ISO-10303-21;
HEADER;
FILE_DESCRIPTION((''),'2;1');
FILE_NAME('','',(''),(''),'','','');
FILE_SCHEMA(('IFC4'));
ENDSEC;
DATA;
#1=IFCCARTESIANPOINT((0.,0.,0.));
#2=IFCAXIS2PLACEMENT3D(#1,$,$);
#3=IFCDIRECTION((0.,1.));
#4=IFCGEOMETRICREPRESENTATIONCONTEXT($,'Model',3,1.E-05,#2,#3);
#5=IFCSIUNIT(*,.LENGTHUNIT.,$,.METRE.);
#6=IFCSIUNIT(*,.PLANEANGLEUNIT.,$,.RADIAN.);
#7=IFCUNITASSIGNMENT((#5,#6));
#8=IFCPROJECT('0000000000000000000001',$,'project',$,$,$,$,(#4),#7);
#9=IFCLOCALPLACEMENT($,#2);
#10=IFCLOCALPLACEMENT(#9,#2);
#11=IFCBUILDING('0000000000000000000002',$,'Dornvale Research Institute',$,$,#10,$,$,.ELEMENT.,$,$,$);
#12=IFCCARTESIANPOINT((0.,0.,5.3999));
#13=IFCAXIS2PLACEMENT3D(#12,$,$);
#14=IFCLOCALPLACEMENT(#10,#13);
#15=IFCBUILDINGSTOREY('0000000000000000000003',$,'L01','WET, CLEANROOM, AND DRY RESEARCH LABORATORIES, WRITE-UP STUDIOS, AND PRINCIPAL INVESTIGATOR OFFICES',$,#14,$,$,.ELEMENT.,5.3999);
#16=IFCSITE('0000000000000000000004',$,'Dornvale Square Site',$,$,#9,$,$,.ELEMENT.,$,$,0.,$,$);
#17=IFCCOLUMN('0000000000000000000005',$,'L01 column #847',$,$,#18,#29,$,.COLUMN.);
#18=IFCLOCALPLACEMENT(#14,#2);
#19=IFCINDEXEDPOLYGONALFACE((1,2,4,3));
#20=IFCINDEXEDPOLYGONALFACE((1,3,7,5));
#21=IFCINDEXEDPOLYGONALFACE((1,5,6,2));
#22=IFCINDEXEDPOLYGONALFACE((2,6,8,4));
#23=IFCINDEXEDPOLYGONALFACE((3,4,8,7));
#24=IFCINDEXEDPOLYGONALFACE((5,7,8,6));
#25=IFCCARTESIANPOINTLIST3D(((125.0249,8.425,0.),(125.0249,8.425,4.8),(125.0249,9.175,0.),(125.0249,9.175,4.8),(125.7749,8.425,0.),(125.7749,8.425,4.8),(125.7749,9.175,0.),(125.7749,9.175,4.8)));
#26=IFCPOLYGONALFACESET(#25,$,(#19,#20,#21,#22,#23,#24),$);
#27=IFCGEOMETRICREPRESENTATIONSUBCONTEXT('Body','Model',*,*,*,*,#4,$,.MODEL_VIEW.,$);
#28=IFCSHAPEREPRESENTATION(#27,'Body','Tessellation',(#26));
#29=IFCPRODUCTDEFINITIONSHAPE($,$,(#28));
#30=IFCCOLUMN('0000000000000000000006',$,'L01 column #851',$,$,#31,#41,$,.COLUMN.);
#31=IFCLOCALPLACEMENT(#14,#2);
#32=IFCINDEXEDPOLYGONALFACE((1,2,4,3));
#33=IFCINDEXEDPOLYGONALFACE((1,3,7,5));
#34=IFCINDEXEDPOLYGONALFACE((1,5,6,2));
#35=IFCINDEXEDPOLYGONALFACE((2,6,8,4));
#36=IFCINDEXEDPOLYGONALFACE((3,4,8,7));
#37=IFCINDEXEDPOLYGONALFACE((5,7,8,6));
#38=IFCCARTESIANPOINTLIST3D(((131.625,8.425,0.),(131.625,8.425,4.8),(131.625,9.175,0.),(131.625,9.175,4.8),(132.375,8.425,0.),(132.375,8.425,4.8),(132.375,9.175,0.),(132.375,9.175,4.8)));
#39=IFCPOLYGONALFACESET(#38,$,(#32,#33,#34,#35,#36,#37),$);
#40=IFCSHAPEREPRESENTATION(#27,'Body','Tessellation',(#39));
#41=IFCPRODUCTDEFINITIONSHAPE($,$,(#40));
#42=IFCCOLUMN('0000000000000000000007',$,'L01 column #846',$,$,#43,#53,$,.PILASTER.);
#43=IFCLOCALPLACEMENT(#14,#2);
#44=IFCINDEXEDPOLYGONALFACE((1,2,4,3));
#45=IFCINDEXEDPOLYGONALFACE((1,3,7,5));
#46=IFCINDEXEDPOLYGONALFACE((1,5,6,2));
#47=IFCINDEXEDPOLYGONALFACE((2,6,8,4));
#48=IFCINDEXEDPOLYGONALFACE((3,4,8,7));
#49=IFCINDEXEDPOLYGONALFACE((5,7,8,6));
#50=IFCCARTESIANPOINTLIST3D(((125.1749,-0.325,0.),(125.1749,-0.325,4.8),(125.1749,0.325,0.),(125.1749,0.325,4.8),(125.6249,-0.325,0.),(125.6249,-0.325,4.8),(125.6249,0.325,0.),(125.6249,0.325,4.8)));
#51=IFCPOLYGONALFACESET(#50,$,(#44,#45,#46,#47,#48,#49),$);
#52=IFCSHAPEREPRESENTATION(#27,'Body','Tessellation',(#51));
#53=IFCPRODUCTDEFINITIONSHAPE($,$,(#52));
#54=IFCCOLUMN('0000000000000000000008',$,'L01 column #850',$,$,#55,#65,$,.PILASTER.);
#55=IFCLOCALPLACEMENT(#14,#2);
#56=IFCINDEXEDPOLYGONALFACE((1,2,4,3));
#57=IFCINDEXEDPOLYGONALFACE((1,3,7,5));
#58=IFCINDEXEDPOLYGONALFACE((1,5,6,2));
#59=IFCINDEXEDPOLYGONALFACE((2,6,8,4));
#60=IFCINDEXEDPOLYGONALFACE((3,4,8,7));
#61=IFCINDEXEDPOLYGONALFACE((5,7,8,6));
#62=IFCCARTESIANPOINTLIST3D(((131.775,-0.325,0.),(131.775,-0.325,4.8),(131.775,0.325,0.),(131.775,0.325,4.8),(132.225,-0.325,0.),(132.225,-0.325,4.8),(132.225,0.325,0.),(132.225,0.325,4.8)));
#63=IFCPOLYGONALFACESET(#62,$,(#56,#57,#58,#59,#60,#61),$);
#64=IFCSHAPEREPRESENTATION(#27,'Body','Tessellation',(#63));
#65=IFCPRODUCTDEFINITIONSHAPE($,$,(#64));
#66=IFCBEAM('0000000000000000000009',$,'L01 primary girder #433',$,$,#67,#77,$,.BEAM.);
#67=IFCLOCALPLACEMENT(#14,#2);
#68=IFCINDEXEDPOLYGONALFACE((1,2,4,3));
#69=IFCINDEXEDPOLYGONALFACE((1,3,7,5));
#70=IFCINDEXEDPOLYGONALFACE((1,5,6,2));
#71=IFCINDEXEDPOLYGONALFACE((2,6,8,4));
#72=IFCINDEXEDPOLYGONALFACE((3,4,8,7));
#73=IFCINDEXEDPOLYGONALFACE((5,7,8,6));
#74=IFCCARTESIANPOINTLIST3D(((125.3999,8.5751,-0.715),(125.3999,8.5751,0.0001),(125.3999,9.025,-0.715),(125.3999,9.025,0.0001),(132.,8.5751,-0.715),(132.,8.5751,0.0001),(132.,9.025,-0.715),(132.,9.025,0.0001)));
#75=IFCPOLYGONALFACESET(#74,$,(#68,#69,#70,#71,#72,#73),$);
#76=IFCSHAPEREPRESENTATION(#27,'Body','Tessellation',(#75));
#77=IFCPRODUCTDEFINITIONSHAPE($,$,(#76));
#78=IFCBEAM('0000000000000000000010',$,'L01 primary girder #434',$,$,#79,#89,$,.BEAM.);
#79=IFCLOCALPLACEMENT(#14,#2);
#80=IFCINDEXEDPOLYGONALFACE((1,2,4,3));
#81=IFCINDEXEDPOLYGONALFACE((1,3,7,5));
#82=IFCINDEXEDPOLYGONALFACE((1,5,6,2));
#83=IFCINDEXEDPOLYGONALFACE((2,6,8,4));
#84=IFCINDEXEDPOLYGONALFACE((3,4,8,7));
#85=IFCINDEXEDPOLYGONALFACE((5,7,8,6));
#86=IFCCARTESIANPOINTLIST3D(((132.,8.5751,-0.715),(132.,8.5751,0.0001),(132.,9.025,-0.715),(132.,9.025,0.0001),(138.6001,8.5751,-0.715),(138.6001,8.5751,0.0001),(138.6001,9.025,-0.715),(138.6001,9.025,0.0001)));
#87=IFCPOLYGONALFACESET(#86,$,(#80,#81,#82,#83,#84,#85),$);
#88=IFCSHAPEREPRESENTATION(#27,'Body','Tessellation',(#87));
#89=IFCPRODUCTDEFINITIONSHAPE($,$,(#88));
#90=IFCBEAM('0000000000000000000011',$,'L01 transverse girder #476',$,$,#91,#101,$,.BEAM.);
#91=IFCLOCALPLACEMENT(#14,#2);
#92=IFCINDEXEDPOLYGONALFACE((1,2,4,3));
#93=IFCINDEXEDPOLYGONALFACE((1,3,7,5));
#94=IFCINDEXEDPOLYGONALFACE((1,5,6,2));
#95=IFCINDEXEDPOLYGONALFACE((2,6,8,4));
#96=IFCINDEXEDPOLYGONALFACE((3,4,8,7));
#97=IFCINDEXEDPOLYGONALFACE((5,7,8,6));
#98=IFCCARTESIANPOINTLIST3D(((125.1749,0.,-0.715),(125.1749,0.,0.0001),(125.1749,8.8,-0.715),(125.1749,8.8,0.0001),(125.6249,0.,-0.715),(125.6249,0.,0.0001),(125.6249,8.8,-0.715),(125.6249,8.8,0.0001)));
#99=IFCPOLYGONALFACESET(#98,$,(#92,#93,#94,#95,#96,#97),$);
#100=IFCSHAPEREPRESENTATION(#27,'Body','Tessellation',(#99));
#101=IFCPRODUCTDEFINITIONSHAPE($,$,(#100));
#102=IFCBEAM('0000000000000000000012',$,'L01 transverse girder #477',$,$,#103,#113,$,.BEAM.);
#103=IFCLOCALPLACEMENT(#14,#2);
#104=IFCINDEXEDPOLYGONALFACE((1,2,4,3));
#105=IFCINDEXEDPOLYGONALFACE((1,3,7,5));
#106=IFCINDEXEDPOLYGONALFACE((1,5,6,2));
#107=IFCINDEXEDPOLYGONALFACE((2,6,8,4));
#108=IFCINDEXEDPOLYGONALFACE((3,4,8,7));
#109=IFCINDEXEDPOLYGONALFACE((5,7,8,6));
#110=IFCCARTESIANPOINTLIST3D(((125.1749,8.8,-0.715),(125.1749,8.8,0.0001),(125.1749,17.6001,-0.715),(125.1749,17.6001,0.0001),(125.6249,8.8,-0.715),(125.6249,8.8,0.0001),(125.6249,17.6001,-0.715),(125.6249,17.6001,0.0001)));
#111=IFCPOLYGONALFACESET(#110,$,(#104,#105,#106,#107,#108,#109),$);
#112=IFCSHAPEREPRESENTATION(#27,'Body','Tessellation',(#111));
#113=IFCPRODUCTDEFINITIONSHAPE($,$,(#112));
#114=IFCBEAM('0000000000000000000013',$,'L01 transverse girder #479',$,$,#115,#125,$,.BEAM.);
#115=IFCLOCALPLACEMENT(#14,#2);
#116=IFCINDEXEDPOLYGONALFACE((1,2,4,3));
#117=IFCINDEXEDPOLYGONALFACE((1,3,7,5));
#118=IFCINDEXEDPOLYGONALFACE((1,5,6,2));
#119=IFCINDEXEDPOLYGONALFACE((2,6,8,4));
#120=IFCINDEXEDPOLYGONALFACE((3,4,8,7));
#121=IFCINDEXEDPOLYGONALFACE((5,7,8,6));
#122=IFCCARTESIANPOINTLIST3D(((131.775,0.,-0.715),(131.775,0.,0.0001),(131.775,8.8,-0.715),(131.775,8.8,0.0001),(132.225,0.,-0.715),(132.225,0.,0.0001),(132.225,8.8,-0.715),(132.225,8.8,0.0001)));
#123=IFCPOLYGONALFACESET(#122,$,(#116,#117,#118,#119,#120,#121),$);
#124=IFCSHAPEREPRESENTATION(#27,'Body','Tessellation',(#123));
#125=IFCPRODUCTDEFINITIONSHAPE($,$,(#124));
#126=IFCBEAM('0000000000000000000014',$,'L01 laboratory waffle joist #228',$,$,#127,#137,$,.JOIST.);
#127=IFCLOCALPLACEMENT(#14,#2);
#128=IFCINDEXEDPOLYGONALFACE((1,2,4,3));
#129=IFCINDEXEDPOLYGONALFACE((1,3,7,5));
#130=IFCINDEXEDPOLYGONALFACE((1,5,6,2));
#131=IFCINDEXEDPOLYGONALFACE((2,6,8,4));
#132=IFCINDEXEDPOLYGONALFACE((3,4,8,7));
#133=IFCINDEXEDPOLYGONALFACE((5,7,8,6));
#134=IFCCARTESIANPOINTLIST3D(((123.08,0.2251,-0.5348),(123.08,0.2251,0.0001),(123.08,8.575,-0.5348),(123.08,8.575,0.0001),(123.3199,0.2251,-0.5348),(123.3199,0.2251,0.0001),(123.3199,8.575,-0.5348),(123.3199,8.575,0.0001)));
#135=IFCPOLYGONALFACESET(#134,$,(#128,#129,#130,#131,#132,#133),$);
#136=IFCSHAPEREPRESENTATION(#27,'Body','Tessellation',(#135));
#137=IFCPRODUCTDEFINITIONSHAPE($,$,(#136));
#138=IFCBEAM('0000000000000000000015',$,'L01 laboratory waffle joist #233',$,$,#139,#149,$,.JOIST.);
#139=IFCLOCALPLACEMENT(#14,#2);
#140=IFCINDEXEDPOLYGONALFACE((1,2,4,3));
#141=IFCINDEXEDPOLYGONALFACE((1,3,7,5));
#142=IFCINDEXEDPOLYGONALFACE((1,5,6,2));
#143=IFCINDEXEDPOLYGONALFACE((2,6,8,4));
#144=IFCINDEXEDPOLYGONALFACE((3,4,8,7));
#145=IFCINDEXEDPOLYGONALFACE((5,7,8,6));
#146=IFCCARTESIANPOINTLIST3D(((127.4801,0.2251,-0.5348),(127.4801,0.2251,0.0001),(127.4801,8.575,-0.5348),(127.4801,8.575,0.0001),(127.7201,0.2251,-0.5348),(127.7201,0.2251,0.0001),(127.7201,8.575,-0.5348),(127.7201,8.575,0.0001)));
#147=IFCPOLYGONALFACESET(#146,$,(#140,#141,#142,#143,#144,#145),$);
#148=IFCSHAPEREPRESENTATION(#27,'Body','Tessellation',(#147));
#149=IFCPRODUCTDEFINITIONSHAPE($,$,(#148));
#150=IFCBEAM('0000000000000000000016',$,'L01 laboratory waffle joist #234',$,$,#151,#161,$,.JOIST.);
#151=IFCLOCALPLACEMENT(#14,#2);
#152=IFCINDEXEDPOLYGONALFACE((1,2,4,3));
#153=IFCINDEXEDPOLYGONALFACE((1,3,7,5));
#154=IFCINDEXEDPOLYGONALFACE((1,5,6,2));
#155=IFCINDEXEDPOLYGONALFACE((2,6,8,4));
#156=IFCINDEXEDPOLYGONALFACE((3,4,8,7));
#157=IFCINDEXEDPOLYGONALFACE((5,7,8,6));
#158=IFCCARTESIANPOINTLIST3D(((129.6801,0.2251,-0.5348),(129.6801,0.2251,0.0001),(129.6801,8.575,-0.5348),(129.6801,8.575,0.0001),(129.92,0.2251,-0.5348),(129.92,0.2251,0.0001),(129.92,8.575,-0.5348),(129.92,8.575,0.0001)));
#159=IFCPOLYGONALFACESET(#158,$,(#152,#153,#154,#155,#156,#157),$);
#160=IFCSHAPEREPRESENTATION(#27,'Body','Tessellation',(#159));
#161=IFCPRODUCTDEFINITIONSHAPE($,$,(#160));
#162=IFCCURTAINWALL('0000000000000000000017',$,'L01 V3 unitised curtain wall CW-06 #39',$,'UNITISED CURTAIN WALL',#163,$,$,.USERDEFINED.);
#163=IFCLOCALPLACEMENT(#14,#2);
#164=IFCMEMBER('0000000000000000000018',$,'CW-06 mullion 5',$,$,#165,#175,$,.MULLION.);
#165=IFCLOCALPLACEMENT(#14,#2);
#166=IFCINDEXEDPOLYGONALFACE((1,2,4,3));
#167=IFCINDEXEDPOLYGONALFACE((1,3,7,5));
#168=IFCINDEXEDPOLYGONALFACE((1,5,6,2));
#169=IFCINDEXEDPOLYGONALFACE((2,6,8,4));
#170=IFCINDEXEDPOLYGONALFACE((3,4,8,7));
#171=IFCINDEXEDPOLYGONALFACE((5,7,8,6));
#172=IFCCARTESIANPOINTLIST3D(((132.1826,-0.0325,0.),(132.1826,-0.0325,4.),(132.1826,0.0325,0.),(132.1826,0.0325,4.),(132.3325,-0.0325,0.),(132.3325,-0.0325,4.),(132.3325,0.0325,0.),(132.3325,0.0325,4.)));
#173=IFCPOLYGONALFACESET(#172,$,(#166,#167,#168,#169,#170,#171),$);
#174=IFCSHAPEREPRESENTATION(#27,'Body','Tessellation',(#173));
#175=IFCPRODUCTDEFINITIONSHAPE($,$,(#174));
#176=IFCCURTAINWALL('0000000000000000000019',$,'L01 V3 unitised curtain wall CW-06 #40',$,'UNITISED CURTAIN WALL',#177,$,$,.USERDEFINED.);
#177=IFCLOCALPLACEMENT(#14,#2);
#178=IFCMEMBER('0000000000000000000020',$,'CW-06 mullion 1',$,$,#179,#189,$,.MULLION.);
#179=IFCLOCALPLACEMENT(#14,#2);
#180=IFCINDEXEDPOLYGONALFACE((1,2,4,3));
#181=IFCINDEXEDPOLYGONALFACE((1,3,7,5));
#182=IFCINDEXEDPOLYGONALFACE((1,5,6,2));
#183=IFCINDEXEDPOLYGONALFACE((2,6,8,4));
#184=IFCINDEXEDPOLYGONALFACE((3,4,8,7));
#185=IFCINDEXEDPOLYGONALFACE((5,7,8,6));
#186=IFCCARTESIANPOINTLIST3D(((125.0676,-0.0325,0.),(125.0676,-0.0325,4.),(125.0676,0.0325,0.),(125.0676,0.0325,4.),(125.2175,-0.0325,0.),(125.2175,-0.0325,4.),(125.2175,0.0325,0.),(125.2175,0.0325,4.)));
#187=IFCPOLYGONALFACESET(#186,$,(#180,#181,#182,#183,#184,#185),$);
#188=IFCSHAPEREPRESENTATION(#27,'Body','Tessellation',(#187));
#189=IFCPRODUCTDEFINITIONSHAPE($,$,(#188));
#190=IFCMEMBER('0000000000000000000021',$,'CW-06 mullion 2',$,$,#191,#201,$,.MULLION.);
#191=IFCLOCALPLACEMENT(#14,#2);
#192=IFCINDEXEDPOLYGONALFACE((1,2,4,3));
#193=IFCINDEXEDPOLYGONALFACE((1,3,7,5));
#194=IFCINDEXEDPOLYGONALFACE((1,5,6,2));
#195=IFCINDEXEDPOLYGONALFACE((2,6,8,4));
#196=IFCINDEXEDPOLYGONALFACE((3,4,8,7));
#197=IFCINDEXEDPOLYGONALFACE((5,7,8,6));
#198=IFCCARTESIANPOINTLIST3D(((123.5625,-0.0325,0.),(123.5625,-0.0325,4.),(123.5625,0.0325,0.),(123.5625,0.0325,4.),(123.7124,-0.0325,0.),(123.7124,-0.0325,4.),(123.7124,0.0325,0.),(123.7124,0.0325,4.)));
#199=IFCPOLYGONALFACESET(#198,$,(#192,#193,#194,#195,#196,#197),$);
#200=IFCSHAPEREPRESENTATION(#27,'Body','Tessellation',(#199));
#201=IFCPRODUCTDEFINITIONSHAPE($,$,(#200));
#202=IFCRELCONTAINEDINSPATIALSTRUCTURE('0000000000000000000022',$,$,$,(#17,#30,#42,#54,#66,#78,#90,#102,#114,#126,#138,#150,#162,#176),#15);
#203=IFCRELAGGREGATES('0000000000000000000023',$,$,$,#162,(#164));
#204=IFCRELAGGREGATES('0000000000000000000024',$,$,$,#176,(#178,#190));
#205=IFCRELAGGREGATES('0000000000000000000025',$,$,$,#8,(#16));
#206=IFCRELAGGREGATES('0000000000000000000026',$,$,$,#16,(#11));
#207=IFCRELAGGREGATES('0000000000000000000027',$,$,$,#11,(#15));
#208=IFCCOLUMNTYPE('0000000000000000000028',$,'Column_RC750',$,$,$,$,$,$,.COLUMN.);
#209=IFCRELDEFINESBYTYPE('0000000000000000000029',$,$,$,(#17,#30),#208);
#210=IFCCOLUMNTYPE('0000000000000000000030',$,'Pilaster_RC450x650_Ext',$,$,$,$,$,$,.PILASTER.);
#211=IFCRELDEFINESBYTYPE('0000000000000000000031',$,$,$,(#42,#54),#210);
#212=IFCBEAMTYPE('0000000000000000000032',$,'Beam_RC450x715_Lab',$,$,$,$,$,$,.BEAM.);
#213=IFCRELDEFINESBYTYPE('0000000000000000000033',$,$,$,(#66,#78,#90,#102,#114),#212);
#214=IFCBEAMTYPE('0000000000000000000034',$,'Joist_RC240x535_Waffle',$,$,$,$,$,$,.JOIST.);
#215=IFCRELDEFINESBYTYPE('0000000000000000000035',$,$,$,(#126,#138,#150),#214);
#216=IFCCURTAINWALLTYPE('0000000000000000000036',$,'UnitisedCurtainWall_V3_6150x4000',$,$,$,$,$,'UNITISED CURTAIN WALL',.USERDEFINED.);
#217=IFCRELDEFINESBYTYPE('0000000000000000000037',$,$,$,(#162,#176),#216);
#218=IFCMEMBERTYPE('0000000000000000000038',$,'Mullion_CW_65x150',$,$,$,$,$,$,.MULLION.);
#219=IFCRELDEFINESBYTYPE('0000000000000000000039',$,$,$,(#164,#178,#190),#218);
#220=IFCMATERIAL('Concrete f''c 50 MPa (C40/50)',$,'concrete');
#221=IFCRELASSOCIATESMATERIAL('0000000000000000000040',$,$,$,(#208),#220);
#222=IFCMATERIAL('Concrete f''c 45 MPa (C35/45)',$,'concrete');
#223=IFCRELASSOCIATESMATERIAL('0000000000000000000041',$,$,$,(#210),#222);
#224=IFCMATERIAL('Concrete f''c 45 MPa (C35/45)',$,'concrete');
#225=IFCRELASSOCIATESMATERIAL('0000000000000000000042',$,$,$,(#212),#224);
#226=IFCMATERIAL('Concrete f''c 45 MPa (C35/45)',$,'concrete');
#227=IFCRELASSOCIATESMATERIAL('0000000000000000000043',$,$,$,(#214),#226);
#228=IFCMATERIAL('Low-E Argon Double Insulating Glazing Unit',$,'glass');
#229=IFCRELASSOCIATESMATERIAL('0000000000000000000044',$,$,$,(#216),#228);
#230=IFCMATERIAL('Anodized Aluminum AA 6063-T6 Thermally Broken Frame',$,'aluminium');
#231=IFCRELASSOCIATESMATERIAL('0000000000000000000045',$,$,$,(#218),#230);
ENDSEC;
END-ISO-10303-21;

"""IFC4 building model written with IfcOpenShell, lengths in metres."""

from ifc_helpers import new_model, si_unit, direction, frame, origin, origin_2d, place, context, subcontext, project, spatial, rectangle, extrude, material, material_profile, profile_set, type_object, element, aggregate, save


model = new_model("IFC4")

# Units and contexts
model_context = context("Model", 3, precision=1e-05, world=origin(), true_north=direction((0.0, 1.0)))
body_context = subcontext(model_context, "Body", "Model", "MODEL_VIEW")
ifc_project = project(units=[si_unit("LENGTHUNIT", "METRE"), si_unit("PLANEANGLEUNIT", "RADIAN")], contexts=[model_context])

# Site, building, storey
site_placement = place(None, origin())
site = spatial("IfcSite", under=ifc_project, at=site_placement, Name="Dornvale Square Site", CompositionType="ELEMENT", RefElevation=0.0)
building_placement = place(site_placement, origin())
building = spatial("IfcBuilding", under=site, at=building_placement, Name="Dornvale Research Institute", CompositionType="ELEMENT")
storey_placement = place(building_placement, frame((0.0, 0.0, 5.3999)))
storey = spatial("IfcBuildingStorey", under=building, at=storey_placement, Name="L01", Description="WET, CLEANROOM, AND DRY RESEARCH LABORATORIES, WRITE-UP STUDIOS, AND PRINCIPAL INVESTIGATOR OFFICES", CompositionType="ELEMENT", Elevation=5.3999)

# Columns
ifc_material_1 = material(Name="Concrete f'c 50 MPa (C40/50)", Category="concrete")
ifc_material_profile_1 = material_profile(ifc_material_1, rectangle(XDim=0.75, YDim=0.75, at=origin_2d()), Name="RC 750x750")
ifc_profile_set_1 = profile_set([ifc_material_profile_1], Name="Concrete f'c 50 MPa (C40/50)")
column_type_1 = type_object("IfcColumnType", Name="Column_RC750", PredefinedType="COLUMN", material=ifc_profile_set_1)
for number, where, z_axis, x_axis, name in (
    (1, (125.3999, 8.8, 0.0), (0.0, 0.0, 1.0), (1.0, 0.0, 0.0), "L01 column #847"),
    (2, (132.0, 8.8, 0.0), (0.0, 0.0, 1.0), (1.0, 0.0, 0.0), "L01 column #851"),
):
    element("IfcColumn", number, at=place(storey_placement, frame(where, z_axis=z_axis, x_axis=x_axis)), inside=storey, type_object=column_type_1, Name=name, PredefinedType="COLUMN", context=body_context, shape_type="SweptSolid", body=[
        extrude(rectangle(XDim=0.75, YDim=0.75, at=origin_2d()), origin(), (0.0, 0.0, 1.0), 4.8),
    ])
ifc_material_2 = material(Name="Concrete f'c 45 MPa (C35/45)", Category="concrete")
ifc_material_profile_2 = material_profile(ifc_material_2, rectangle(XDim=0.45, YDim=0.6499, at=origin_2d()), Name="RC 450x650")
ifc_profile_set_2 = profile_set([ifc_material_profile_2], Name="Concrete f'c 45 MPa (C35/45)")
column_type_2 = type_object("IfcColumnType", Name="Pilaster_RC450x650_Ext", PredefinedType="PILASTER", material=ifc_profile_set_2)
for number, where, z_axis, x_axis, name in (
    (3, (125.3999, 0.0, 0.0), (0.0, 0.0, 1.0), (1.0, 0.0, 0.0), "L01 column #846"),
    (4, (132.0, 0.0, 0.0), (0.0, 0.0, 1.0), (1.0, 0.0, 0.0), "L01 column #850"),
):
    element("IfcColumn", number, at=place(storey_placement, frame(where, z_axis=z_axis, x_axis=x_axis)), inside=storey, type_object=column_type_2, Name=name, PredefinedType="PILASTER", context=body_context, shape_type="SweptSolid", body=[
        extrude(rectangle(XDim=0.45, YDim=0.6499, at=origin_2d()), origin(), (0.0, 0.0, 1.0), 4.8),
    ])

# Beams
ifc_material_3 = material(Name="Concrete f'c 45 MPa (C35/45)", Category="concrete")
ifc_material_profile_3 = material_profile(ifc_material_3, rectangle(XDim=0.45, YDim=0.7151, at=origin_2d()), Name="RC 450x715")
ifc_profile_set_3 = profile_set([ifc_material_profile_3], Name="Concrete f'c 45 MPa (C35/45)")
beam_type_1 = type_object("IfcBeamType", Name="Beam_RC450x715_Lab", PredefinedType="BEAM", material=ifc_profile_set_3)
for number, where, z_axis, x_axis, name in (
    (5, (125.3999, 8.8, -0.3574), (1.0, 0.0, 0.0), (0.0, 1.0, 0.0), "L01 primary girder #433"),
    (6, (132.0, 8.8, -0.3574), (1.0, 0.0, 0.0), (0.0, 1.0, 0.0), "L01 primary girder #434"),
):
    element("IfcBeam", number, at=place(storey_placement, frame(where, z_axis=z_axis, x_axis=x_axis)), inside=storey, type_object=beam_type_1, Name=name, PredefinedType="BEAM", context=body_context, shape_type="SweptSolid", body=[
        extrude(rectangle(XDim=0.45, YDim=0.7151, at=origin_2d()), origin(), (0.0, 0.0, 1.0), 6.6001),
    ])
for number, where, z_axis, x_axis, name in (
    (7, (125.3999, 0.0, -0.3574), (0.0, 1.0, 0.0), (-1.0, 0.0, 0.0), "L01 transverse girder #476"),
    (8, (125.3999, 8.8, -0.3574), (0.0, 1.0, 0.0), (-1.0, 0.0, 0.0), "L01 transverse girder #477"),
    (9, (132.0, 0.0, -0.3574), (0.0, 1.0, 0.0), (-1.0, 0.0, 0.0), "L01 transverse girder #479"),
):
    element("IfcBeam", number, at=place(storey_placement, frame(where, z_axis=z_axis, x_axis=x_axis)), inside=storey, type_object=beam_type_1, Name=name, PredefinedType="BEAM", context=body_context, shape_type="SweptSolid", body=[
        extrude(rectangle(XDim=0.45, YDim=0.7151, at=origin_2d()), origin(), (0.0, 0.0, 1.0), 8.8),
    ])
ifc_material_4 = material(Name="Concrete f'c 45 MPa (C35/45)", Category="concrete")
ifc_material_profile_4 = material_profile(ifc_material_4, rectangle(XDim=0.24, YDim=0.5349, at=origin_2d()), Name="RC 240x535")
ifc_profile_set_4 = profile_set([ifc_material_profile_4], Name="Concrete f'c 45 MPa (C35/45)")
beam_type_2 = type_object("IfcBeamType", Name="Joist_RC240x535_Waffle", PredefinedType="JOIST", material=ifc_profile_set_4)
for number, where, z_axis, x_axis, name in (
    (10, (123.2, 0.2251, -0.2673), (0.0, 1.0, 0.0), (-1.0, 0.0, 0.0), "L01 laboratory waffle joist #228"),
    (11, (127.6001, 0.2251, -0.2673), (0.0, 1.0, 0.0), (-1.0, 0.0, 0.0), "L01 laboratory waffle joist #233"),
    (12, (129.8, 0.2251, -0.2673), (0.0, 1.0, 0.0), (-1.0, 0.0, 0.0), "L01 laboratory waffle joist #234"),
):
    element("IfcBeam", number, at=place(storey_placement, frame(where, z_axis=z_axis, x_axis=x_axis)), inside=storey, type_object=beam_type_2, Name=name, PredefinedType="JOIST", context=body_context, shape_type="SweptSolid", body=[
        extrude(rectangle(XDim=0.24, YDim=0.5349, at=origin_2d()), origin(), (0.0, 0.0, 1.0), 8.3499),
    ])

# Curtain wall, member
ifc_material_5 = material(Name="Low-E Argon Double Insulating Glazing Unit", Category="glass")
curtain_wall_type = type_object("IfcCurtainWallType", Name="UnitisedCurtainWall_V3_6150x4000", ElementType="UNITISED CURTAIN WALL", PredefinedType="USERDEFINED", material=ifc_material_5)
curtain_wall_1_placement = place(storey_placement, origin())
curtain_wall_1 = element("IfcCurtainWall", 13, at=curtain_wall_1_placement, inside=storey, type_object=curtain_wall_type, Name="L01 V3 unitised curtain wall CW-06 #39", ObjectType="UNITISED CURTAIN WALL", PredefinedType="USERDEFINED")
ifc_material_6 = material(Name="Anodized Aluminum AA 6063-T6 Thermally Broken Frame", Category="aluminium")
ifc_material_profile_5 = material_profile(ifc_material_6, rectangle(XDim=0.0649, YDim=0.1499, at=origin_2d()), Name="ALU MULLION 65x150")
ifc_profile_set_5 = profile_set([ifc_material_profile_5], Name="Anodized Aluminum AA 6063-T6 Thermally Broken Frame")
member_type_1 = type_object("IfcMemberType", Name="Mullion_CW_65x150", PredefinedType="MULLION", material=ifc_profile_set_5)
member_1_placement = place(storey_placement, frame((132.2576, 0.0, 0.0), z_axis=(0.0, 0.0, 1.0), x_axis=(0.0, -1.0, 0.0)))
member_1 = element("IfcMember", 14, at=member_1_placement, type_object=member_type_1, Name="CW-06 mullion 5", PredefinedType="MULLION", context=body_context, shape_type="SweptSolid", body=[
    extrude(rectangle(XDim=0.0649, YDim=0.1499, at=origin_2d()), origin(), (0.0, 0.0, 1.0), 4.0),
])

# Curtain wall, members
curtain_wall_2_placement = place(storey_placement, origin())
curtain_wall_2 = element("IfcCurtainWall", 15, at=curtain_wall_2_placement, inside=storey, type_object=curtain_wall_type, Name="L01 V3 unitised curtain wall CW-06 #40", ObjectType="UNITISED CURTAIN WALL", PredefinedType="USERDEFINED")
member_2_placement = place(storey_placement, frame((125.1426, 0.0, 0.0), z_axis=(0.0, 0.0, 1.0), x_axis=(0.0, -1.0, 0.0)))
member_2 = element("IfcMember", 16, at=member_2_placement, type_object=member_type_1, Name="CW-06 mullion 1", PredefinedType="MULLION", context=body_context, shape_type="SweptSolid", body=[
    extrude(rectangle(XDim=0.0649, YDim=0.1499, at=origin_2d()), origin(), (0.0, 0.0, 1.0), 4.0),
])
member_3_placement = place(storey_placement, frame((123.6375, 0.0, 0.0), z_axis=(0.0, 0.0, 1.0), x_axis=(0.0, -1.0, 0.0)))
member_3 = element("IfcMember", 17, at=member_3_placement, type_object=member_type_1, Name="CW-06 mullion 2", PredefinedType="MULLION", context=body_context, shape_type="SweptSolid", body=[
    extrude(rectangle(XDim=0.0649, YDim=0.1499, at=origin_2d()), origin(), (0.0, 0.0, 1.0), 4.0),
])

aggregate(curtain_wall_1, [member_1])
aggregate(curtain_wall_2, [member_2, member_3])

save(model, "model.ifc")
